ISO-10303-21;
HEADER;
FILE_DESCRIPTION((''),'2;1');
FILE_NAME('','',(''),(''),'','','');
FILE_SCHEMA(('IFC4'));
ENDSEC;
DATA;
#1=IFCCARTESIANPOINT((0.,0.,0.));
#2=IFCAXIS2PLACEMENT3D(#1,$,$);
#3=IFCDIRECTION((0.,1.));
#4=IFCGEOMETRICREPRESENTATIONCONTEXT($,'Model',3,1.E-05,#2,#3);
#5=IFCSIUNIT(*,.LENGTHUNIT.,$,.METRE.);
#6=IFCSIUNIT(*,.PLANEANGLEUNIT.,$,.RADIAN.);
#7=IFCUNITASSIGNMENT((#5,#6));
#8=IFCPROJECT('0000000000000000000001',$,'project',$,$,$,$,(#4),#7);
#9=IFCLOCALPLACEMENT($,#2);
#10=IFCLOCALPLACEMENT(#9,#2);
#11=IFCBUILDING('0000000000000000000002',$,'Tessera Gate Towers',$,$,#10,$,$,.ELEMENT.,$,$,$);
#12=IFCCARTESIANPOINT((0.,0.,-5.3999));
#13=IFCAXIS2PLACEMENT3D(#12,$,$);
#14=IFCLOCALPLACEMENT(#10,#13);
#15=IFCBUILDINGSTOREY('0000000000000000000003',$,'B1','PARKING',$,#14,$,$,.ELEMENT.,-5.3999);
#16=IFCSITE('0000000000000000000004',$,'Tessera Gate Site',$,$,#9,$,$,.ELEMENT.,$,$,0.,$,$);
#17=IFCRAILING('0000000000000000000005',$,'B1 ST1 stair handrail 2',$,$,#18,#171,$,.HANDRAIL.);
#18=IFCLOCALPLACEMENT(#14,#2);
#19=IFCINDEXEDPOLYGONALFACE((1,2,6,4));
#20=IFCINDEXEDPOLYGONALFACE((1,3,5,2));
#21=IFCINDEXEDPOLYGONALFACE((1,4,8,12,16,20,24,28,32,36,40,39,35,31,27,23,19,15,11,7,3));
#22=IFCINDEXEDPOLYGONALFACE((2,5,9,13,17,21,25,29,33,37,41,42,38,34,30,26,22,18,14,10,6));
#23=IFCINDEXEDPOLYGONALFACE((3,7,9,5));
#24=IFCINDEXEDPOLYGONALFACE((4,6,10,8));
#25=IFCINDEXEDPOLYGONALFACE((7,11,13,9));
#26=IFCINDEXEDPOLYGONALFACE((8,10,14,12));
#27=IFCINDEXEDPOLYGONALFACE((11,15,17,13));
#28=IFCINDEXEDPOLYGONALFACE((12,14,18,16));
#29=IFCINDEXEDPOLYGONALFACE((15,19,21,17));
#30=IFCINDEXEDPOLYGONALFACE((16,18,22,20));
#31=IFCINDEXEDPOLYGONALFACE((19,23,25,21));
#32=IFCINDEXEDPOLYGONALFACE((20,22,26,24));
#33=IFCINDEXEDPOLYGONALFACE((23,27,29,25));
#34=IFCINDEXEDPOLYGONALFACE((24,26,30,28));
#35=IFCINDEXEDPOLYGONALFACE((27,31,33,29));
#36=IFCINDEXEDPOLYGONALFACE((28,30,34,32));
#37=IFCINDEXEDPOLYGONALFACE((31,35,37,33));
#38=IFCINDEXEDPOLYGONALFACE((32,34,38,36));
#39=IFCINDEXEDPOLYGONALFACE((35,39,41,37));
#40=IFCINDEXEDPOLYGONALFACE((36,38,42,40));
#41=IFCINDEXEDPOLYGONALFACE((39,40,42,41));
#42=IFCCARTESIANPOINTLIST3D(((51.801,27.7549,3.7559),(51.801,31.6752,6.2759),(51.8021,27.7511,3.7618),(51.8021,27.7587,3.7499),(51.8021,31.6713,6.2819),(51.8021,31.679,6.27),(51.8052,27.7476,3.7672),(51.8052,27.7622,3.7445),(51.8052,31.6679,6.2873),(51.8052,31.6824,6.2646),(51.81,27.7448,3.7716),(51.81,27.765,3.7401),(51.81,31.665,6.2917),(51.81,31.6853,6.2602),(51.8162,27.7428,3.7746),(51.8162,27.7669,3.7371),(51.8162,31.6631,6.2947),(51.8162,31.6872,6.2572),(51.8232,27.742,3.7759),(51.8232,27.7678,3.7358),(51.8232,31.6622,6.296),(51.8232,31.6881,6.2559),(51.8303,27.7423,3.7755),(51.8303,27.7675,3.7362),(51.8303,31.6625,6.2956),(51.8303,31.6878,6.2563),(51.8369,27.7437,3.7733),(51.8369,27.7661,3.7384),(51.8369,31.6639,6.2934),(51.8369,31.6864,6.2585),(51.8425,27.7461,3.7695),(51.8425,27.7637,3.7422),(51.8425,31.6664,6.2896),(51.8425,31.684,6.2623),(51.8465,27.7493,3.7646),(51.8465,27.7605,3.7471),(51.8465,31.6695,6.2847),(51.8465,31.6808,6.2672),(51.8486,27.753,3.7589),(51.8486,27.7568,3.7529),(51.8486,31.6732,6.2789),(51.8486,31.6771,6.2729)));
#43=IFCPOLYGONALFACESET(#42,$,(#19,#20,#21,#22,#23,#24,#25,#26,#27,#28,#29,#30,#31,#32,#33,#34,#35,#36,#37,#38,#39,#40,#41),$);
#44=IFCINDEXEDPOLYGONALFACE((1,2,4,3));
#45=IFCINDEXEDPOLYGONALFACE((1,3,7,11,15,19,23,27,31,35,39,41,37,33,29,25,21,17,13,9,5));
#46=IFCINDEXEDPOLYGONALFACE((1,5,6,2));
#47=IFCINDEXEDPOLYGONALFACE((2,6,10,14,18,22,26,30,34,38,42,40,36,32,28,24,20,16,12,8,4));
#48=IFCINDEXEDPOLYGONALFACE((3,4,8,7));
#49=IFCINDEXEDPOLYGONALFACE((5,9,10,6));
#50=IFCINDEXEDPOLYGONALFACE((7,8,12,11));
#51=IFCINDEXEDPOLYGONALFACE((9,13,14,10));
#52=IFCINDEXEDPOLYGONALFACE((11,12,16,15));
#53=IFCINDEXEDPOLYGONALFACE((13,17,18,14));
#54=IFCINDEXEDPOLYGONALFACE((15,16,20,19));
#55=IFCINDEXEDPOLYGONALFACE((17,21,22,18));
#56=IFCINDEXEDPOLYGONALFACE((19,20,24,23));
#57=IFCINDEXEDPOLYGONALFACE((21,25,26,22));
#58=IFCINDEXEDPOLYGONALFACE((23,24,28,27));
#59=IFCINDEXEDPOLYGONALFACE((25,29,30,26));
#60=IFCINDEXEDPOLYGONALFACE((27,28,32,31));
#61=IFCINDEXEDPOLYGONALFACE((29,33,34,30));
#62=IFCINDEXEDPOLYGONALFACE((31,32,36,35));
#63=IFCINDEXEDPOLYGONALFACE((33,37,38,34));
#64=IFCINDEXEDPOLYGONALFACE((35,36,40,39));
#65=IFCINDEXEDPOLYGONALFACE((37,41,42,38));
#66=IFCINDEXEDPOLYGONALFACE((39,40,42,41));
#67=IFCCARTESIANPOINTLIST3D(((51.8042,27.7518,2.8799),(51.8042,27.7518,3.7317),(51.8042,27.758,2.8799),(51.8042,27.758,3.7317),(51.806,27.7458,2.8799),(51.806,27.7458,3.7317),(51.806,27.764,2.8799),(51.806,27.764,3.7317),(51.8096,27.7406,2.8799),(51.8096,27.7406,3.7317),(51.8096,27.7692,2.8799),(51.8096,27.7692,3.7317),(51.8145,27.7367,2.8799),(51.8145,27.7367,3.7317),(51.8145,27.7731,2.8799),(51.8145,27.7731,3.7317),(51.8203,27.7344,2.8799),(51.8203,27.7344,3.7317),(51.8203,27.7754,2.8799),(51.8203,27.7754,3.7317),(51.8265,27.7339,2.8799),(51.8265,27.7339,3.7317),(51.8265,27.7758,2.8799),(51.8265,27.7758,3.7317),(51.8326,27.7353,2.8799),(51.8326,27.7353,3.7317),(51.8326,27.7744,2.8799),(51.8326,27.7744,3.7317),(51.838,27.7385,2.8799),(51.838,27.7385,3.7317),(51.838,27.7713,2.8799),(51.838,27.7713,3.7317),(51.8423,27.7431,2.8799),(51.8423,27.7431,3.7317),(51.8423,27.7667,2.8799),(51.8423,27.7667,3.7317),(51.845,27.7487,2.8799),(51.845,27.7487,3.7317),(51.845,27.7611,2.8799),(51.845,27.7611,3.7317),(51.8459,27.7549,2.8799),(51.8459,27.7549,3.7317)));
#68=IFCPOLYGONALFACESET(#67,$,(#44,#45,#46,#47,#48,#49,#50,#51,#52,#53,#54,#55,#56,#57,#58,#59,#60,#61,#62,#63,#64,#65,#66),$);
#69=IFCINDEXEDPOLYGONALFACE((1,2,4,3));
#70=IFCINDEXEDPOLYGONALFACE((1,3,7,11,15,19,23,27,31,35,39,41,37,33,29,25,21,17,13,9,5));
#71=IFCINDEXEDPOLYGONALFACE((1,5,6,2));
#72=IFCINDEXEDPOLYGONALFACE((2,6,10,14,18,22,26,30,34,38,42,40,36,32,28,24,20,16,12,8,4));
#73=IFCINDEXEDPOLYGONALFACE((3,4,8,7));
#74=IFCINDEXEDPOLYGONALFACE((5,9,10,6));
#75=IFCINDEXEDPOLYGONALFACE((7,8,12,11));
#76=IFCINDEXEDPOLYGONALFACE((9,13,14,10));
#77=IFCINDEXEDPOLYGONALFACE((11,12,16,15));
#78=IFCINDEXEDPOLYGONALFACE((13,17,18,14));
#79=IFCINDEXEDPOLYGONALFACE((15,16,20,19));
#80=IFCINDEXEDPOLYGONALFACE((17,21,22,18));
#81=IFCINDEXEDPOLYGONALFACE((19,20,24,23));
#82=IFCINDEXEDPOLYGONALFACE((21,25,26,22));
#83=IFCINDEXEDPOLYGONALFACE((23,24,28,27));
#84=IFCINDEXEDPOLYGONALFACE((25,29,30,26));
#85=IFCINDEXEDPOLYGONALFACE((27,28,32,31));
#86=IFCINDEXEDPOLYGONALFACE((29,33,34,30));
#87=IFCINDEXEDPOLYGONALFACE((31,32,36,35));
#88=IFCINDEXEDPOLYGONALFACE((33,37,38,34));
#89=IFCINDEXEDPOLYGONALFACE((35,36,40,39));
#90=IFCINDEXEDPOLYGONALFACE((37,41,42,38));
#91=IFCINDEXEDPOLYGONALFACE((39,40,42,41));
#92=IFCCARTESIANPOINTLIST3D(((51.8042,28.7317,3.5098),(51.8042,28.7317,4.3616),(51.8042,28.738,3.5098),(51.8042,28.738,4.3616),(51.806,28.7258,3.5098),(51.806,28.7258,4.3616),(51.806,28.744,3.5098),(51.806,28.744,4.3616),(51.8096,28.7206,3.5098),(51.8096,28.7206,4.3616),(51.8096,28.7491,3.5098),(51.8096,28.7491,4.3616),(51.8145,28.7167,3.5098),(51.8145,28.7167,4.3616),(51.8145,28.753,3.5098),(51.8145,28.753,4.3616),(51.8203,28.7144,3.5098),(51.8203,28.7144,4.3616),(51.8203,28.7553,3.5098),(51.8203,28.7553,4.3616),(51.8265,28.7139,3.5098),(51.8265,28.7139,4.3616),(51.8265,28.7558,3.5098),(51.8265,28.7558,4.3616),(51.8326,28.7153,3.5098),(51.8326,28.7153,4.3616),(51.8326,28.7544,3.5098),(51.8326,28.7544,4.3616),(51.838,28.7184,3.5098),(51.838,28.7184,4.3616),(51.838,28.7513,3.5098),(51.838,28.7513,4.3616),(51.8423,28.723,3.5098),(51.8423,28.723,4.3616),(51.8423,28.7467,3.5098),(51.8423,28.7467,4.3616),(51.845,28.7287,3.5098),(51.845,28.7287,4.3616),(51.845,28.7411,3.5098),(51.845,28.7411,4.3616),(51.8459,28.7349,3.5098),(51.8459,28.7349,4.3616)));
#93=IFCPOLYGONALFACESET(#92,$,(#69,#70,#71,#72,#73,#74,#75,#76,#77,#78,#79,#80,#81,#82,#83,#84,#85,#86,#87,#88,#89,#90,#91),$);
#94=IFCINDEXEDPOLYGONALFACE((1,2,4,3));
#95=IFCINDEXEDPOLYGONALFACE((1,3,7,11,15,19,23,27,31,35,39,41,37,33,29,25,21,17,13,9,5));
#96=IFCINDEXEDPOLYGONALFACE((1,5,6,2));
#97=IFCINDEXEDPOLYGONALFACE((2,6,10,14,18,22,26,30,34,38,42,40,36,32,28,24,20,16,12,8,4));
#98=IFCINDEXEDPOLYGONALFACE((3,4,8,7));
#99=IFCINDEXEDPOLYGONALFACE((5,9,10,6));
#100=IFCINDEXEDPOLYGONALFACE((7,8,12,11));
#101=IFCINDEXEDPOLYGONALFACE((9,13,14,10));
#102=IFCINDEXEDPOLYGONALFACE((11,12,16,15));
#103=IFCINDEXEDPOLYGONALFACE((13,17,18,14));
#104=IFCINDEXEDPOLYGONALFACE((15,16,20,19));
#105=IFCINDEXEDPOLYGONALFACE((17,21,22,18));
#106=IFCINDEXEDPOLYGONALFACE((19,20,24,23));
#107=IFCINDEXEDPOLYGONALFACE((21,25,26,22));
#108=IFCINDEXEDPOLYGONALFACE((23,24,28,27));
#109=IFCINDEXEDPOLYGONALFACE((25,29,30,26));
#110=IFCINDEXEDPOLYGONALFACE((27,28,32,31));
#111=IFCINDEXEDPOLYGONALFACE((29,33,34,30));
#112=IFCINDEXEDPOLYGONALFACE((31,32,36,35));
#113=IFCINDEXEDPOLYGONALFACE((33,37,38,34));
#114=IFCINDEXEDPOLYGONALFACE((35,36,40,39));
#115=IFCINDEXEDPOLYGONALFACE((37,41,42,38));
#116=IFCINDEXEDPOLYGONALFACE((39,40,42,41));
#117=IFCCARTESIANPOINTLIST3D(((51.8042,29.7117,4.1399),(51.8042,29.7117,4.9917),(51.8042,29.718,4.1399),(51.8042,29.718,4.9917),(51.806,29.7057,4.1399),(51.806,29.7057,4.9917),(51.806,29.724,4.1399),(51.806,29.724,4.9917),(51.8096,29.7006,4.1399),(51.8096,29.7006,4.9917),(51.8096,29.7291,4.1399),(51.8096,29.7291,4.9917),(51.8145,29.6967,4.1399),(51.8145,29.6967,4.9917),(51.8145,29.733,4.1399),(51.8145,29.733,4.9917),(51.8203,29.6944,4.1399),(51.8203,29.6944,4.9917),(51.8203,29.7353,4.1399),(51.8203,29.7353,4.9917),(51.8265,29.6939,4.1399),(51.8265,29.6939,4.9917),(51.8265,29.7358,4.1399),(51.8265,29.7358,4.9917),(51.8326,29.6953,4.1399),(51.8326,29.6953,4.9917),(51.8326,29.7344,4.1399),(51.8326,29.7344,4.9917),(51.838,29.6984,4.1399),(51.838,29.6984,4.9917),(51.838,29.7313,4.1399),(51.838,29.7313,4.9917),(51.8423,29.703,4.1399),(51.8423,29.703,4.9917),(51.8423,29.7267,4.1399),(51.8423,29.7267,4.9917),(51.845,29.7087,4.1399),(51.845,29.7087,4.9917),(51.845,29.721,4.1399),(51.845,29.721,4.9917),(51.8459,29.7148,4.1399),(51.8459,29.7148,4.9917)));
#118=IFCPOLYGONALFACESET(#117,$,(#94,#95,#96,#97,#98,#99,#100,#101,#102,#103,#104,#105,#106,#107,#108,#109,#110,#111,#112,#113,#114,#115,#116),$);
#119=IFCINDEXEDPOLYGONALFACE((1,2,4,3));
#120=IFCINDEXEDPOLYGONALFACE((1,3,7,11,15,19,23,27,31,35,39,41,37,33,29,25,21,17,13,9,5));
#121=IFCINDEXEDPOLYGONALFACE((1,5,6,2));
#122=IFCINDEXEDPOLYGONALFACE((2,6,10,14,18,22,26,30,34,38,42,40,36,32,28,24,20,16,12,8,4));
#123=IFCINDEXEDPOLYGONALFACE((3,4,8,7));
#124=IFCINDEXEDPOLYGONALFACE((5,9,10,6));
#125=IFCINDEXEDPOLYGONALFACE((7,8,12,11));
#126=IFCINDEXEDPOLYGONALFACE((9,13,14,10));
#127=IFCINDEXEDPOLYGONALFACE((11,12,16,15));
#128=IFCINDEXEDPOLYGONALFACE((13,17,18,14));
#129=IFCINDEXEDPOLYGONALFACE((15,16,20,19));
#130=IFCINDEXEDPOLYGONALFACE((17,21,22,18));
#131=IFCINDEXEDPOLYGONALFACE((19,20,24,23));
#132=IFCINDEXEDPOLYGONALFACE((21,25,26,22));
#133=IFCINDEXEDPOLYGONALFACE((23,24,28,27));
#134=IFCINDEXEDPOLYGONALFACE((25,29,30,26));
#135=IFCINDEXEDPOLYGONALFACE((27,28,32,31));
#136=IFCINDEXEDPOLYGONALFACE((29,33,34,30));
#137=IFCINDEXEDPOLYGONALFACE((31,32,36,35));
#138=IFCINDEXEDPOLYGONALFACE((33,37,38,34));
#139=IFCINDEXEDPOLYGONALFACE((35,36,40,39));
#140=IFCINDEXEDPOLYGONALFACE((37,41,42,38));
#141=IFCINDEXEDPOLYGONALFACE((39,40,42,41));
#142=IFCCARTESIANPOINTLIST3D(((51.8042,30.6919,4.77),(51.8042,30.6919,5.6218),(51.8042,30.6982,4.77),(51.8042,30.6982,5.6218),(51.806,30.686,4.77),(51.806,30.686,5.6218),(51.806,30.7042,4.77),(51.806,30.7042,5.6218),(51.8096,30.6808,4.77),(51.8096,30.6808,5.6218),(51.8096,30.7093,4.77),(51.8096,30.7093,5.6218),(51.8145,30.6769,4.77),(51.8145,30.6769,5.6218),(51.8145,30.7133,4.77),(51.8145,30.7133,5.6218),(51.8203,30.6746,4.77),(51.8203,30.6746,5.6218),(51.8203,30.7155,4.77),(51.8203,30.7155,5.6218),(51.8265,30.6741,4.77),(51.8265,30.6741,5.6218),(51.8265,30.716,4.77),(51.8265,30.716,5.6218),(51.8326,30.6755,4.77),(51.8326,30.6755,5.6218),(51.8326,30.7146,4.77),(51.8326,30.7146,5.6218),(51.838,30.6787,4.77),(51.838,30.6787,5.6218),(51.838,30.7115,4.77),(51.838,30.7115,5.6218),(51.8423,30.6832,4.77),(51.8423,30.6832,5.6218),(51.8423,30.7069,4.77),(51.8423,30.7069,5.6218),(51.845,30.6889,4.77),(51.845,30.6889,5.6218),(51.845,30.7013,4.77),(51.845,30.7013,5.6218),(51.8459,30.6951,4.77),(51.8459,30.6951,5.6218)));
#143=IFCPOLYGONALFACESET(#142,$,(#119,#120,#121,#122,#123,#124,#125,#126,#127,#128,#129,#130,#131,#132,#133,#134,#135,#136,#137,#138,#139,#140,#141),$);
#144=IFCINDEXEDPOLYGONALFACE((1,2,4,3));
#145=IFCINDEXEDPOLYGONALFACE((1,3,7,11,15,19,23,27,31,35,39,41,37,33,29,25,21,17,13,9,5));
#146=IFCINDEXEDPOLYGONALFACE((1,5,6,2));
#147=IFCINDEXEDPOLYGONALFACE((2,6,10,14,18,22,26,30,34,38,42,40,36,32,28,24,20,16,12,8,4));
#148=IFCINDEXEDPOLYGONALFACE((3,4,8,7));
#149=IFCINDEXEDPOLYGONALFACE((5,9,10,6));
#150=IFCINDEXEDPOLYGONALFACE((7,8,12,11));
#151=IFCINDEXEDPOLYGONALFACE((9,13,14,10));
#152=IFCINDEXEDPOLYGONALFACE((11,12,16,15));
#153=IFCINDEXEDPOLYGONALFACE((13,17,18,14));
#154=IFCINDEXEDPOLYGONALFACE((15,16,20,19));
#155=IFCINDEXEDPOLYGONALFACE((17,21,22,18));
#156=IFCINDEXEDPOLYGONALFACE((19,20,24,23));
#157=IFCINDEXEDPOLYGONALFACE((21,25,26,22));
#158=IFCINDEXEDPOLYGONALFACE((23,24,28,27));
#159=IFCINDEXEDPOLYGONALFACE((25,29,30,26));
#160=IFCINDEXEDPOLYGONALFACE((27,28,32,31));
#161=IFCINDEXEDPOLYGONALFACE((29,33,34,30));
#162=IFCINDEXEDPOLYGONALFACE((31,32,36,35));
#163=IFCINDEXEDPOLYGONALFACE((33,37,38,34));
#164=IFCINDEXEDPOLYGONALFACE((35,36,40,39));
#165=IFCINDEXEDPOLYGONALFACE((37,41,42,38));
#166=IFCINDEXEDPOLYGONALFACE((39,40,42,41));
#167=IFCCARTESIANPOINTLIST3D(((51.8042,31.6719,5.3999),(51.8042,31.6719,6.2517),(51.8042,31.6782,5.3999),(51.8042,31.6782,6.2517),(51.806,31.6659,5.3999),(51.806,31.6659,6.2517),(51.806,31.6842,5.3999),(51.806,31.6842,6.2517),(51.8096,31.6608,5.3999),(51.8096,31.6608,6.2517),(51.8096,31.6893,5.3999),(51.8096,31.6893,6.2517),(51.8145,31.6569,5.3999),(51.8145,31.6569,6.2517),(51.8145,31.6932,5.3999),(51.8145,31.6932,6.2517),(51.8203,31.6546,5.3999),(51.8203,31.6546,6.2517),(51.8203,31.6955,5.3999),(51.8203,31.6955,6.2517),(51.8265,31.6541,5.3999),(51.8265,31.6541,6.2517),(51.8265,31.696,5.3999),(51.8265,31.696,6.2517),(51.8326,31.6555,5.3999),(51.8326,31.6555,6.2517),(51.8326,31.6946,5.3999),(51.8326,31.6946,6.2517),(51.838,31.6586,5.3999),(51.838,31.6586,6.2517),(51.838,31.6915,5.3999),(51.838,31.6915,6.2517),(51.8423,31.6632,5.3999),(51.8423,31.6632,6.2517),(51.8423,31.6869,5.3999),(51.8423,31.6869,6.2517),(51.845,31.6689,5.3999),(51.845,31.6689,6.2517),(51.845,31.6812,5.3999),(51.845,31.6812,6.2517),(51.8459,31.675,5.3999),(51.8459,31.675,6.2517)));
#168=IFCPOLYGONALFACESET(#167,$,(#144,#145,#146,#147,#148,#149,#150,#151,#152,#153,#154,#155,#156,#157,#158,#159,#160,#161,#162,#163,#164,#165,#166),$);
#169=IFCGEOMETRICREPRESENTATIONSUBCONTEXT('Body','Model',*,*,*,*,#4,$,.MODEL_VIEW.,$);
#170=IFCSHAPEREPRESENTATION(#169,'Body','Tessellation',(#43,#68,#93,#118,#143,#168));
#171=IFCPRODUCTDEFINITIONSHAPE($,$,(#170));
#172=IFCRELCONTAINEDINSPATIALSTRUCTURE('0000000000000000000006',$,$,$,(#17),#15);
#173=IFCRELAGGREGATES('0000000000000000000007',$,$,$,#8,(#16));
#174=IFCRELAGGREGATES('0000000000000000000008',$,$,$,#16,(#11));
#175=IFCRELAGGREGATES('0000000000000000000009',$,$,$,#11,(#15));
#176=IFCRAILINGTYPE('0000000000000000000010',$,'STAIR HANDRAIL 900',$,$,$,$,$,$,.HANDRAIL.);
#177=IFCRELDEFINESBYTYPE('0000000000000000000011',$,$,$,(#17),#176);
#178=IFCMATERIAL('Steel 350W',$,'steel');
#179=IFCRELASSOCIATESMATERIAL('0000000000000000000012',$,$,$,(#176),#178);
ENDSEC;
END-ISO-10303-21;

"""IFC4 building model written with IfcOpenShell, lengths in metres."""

from ifc_helpers import new_model, si_unit, direction, frame, origin, origin_2d, place, context, subcontext, project, spatial, circle, extrude, material, type_object, element, save


model = new_model("IFC4")

# Units and contexts
model_context = context("Model", 3, precision=1e-05, world=origin(), true_north=direction((0.0, 1.0)))
body_context = subcontext(model_context, "Body", "Model", "MODEL_VIEW")
ifc_project = project(units=[si_unit("LENGTHUNIT", "METRE"), si_unit("PLANEANGLEUNIT", "RADIAN")], contexts=[model_context])

# Site, building, storey
site_placement = place(None, origin())
site = spatial("IfcSite", under=ifc_project, at=site_placement, Name="Tessera Gate Site", CompositionType="ELEMENT", RefElevation=0.0)
building_placement = place(site_placement, origin())
building = spatial("IfcBuilding", under=site, at=building_placement, Name="Tessera Gate Towers", CompositionType="ELEMENT")
storey_placement = place(building_placement, frame((0.0, 0.0, -5.3999)))
storey = spatial("IfcBuildingStorey", under=building, at=storey_placement, Name="B1", Description="PARKING", CompositionType="ELEMENT", Elevation=-5.3999)

# Railing
ifc_material_1 = material(Name="Steel 350W", Category="steel")
railing_type_1 = type_object("IfcRailingType", Name="STAIR HANDRAIL 900", PredefinedType="HANDRAIL", material=ifc_material_1)
railing_1_placement = place(storey_placement, frame((51.825, 27.7549, 2.8799)))
element("IfcRailing", 1, at=railing_1_placement, inside=storey, type_object=railing_type_1, Name="B1 ST1 stair handrail 2", PredefinedType="HANDRAIL", context=body_context, shape_type="SweptSolid", body=[
    extrude(circle(Radius=0.0239, at=origin_2d()), frame((0.0, 0.0, 0.876), z_axis=(0.0, 0.841187, 0.540744), x_axis=(-1.0, 0.0, 0.0)), (0.0, 0.0, 1.0), 4.6604),
    extrude(circle(Radius=0.021, at=origin_2d()), origin(), (0.0, 0.0, 1.0), 0.8518),
    extrude(circle(Radius=0.021, at=origin_2d()), frame((0.0, 0.98, 0.6299)), (0.0, 0.0, 1.0), 0.8518),
    extrude(circle(Radius=0.021, at=origin_2d()), frame((0.0, 1.96, 1.26)), (0.0, 0.0, 1.0), 0.8518),
    extrude(circle(Radius=0.021, at=origin_2d()), frame((0.0, 2.9402, 1.8901)), (0.0, 0.0, 1.0), 0.8518),
    extrude(circle(Radius=0.021, at=origin_2d()), frame((0.0, 3.9202, 2.52)), (0.0, 0.0, 1.0), 0.8518),
])

save(model, "model.ifc")
